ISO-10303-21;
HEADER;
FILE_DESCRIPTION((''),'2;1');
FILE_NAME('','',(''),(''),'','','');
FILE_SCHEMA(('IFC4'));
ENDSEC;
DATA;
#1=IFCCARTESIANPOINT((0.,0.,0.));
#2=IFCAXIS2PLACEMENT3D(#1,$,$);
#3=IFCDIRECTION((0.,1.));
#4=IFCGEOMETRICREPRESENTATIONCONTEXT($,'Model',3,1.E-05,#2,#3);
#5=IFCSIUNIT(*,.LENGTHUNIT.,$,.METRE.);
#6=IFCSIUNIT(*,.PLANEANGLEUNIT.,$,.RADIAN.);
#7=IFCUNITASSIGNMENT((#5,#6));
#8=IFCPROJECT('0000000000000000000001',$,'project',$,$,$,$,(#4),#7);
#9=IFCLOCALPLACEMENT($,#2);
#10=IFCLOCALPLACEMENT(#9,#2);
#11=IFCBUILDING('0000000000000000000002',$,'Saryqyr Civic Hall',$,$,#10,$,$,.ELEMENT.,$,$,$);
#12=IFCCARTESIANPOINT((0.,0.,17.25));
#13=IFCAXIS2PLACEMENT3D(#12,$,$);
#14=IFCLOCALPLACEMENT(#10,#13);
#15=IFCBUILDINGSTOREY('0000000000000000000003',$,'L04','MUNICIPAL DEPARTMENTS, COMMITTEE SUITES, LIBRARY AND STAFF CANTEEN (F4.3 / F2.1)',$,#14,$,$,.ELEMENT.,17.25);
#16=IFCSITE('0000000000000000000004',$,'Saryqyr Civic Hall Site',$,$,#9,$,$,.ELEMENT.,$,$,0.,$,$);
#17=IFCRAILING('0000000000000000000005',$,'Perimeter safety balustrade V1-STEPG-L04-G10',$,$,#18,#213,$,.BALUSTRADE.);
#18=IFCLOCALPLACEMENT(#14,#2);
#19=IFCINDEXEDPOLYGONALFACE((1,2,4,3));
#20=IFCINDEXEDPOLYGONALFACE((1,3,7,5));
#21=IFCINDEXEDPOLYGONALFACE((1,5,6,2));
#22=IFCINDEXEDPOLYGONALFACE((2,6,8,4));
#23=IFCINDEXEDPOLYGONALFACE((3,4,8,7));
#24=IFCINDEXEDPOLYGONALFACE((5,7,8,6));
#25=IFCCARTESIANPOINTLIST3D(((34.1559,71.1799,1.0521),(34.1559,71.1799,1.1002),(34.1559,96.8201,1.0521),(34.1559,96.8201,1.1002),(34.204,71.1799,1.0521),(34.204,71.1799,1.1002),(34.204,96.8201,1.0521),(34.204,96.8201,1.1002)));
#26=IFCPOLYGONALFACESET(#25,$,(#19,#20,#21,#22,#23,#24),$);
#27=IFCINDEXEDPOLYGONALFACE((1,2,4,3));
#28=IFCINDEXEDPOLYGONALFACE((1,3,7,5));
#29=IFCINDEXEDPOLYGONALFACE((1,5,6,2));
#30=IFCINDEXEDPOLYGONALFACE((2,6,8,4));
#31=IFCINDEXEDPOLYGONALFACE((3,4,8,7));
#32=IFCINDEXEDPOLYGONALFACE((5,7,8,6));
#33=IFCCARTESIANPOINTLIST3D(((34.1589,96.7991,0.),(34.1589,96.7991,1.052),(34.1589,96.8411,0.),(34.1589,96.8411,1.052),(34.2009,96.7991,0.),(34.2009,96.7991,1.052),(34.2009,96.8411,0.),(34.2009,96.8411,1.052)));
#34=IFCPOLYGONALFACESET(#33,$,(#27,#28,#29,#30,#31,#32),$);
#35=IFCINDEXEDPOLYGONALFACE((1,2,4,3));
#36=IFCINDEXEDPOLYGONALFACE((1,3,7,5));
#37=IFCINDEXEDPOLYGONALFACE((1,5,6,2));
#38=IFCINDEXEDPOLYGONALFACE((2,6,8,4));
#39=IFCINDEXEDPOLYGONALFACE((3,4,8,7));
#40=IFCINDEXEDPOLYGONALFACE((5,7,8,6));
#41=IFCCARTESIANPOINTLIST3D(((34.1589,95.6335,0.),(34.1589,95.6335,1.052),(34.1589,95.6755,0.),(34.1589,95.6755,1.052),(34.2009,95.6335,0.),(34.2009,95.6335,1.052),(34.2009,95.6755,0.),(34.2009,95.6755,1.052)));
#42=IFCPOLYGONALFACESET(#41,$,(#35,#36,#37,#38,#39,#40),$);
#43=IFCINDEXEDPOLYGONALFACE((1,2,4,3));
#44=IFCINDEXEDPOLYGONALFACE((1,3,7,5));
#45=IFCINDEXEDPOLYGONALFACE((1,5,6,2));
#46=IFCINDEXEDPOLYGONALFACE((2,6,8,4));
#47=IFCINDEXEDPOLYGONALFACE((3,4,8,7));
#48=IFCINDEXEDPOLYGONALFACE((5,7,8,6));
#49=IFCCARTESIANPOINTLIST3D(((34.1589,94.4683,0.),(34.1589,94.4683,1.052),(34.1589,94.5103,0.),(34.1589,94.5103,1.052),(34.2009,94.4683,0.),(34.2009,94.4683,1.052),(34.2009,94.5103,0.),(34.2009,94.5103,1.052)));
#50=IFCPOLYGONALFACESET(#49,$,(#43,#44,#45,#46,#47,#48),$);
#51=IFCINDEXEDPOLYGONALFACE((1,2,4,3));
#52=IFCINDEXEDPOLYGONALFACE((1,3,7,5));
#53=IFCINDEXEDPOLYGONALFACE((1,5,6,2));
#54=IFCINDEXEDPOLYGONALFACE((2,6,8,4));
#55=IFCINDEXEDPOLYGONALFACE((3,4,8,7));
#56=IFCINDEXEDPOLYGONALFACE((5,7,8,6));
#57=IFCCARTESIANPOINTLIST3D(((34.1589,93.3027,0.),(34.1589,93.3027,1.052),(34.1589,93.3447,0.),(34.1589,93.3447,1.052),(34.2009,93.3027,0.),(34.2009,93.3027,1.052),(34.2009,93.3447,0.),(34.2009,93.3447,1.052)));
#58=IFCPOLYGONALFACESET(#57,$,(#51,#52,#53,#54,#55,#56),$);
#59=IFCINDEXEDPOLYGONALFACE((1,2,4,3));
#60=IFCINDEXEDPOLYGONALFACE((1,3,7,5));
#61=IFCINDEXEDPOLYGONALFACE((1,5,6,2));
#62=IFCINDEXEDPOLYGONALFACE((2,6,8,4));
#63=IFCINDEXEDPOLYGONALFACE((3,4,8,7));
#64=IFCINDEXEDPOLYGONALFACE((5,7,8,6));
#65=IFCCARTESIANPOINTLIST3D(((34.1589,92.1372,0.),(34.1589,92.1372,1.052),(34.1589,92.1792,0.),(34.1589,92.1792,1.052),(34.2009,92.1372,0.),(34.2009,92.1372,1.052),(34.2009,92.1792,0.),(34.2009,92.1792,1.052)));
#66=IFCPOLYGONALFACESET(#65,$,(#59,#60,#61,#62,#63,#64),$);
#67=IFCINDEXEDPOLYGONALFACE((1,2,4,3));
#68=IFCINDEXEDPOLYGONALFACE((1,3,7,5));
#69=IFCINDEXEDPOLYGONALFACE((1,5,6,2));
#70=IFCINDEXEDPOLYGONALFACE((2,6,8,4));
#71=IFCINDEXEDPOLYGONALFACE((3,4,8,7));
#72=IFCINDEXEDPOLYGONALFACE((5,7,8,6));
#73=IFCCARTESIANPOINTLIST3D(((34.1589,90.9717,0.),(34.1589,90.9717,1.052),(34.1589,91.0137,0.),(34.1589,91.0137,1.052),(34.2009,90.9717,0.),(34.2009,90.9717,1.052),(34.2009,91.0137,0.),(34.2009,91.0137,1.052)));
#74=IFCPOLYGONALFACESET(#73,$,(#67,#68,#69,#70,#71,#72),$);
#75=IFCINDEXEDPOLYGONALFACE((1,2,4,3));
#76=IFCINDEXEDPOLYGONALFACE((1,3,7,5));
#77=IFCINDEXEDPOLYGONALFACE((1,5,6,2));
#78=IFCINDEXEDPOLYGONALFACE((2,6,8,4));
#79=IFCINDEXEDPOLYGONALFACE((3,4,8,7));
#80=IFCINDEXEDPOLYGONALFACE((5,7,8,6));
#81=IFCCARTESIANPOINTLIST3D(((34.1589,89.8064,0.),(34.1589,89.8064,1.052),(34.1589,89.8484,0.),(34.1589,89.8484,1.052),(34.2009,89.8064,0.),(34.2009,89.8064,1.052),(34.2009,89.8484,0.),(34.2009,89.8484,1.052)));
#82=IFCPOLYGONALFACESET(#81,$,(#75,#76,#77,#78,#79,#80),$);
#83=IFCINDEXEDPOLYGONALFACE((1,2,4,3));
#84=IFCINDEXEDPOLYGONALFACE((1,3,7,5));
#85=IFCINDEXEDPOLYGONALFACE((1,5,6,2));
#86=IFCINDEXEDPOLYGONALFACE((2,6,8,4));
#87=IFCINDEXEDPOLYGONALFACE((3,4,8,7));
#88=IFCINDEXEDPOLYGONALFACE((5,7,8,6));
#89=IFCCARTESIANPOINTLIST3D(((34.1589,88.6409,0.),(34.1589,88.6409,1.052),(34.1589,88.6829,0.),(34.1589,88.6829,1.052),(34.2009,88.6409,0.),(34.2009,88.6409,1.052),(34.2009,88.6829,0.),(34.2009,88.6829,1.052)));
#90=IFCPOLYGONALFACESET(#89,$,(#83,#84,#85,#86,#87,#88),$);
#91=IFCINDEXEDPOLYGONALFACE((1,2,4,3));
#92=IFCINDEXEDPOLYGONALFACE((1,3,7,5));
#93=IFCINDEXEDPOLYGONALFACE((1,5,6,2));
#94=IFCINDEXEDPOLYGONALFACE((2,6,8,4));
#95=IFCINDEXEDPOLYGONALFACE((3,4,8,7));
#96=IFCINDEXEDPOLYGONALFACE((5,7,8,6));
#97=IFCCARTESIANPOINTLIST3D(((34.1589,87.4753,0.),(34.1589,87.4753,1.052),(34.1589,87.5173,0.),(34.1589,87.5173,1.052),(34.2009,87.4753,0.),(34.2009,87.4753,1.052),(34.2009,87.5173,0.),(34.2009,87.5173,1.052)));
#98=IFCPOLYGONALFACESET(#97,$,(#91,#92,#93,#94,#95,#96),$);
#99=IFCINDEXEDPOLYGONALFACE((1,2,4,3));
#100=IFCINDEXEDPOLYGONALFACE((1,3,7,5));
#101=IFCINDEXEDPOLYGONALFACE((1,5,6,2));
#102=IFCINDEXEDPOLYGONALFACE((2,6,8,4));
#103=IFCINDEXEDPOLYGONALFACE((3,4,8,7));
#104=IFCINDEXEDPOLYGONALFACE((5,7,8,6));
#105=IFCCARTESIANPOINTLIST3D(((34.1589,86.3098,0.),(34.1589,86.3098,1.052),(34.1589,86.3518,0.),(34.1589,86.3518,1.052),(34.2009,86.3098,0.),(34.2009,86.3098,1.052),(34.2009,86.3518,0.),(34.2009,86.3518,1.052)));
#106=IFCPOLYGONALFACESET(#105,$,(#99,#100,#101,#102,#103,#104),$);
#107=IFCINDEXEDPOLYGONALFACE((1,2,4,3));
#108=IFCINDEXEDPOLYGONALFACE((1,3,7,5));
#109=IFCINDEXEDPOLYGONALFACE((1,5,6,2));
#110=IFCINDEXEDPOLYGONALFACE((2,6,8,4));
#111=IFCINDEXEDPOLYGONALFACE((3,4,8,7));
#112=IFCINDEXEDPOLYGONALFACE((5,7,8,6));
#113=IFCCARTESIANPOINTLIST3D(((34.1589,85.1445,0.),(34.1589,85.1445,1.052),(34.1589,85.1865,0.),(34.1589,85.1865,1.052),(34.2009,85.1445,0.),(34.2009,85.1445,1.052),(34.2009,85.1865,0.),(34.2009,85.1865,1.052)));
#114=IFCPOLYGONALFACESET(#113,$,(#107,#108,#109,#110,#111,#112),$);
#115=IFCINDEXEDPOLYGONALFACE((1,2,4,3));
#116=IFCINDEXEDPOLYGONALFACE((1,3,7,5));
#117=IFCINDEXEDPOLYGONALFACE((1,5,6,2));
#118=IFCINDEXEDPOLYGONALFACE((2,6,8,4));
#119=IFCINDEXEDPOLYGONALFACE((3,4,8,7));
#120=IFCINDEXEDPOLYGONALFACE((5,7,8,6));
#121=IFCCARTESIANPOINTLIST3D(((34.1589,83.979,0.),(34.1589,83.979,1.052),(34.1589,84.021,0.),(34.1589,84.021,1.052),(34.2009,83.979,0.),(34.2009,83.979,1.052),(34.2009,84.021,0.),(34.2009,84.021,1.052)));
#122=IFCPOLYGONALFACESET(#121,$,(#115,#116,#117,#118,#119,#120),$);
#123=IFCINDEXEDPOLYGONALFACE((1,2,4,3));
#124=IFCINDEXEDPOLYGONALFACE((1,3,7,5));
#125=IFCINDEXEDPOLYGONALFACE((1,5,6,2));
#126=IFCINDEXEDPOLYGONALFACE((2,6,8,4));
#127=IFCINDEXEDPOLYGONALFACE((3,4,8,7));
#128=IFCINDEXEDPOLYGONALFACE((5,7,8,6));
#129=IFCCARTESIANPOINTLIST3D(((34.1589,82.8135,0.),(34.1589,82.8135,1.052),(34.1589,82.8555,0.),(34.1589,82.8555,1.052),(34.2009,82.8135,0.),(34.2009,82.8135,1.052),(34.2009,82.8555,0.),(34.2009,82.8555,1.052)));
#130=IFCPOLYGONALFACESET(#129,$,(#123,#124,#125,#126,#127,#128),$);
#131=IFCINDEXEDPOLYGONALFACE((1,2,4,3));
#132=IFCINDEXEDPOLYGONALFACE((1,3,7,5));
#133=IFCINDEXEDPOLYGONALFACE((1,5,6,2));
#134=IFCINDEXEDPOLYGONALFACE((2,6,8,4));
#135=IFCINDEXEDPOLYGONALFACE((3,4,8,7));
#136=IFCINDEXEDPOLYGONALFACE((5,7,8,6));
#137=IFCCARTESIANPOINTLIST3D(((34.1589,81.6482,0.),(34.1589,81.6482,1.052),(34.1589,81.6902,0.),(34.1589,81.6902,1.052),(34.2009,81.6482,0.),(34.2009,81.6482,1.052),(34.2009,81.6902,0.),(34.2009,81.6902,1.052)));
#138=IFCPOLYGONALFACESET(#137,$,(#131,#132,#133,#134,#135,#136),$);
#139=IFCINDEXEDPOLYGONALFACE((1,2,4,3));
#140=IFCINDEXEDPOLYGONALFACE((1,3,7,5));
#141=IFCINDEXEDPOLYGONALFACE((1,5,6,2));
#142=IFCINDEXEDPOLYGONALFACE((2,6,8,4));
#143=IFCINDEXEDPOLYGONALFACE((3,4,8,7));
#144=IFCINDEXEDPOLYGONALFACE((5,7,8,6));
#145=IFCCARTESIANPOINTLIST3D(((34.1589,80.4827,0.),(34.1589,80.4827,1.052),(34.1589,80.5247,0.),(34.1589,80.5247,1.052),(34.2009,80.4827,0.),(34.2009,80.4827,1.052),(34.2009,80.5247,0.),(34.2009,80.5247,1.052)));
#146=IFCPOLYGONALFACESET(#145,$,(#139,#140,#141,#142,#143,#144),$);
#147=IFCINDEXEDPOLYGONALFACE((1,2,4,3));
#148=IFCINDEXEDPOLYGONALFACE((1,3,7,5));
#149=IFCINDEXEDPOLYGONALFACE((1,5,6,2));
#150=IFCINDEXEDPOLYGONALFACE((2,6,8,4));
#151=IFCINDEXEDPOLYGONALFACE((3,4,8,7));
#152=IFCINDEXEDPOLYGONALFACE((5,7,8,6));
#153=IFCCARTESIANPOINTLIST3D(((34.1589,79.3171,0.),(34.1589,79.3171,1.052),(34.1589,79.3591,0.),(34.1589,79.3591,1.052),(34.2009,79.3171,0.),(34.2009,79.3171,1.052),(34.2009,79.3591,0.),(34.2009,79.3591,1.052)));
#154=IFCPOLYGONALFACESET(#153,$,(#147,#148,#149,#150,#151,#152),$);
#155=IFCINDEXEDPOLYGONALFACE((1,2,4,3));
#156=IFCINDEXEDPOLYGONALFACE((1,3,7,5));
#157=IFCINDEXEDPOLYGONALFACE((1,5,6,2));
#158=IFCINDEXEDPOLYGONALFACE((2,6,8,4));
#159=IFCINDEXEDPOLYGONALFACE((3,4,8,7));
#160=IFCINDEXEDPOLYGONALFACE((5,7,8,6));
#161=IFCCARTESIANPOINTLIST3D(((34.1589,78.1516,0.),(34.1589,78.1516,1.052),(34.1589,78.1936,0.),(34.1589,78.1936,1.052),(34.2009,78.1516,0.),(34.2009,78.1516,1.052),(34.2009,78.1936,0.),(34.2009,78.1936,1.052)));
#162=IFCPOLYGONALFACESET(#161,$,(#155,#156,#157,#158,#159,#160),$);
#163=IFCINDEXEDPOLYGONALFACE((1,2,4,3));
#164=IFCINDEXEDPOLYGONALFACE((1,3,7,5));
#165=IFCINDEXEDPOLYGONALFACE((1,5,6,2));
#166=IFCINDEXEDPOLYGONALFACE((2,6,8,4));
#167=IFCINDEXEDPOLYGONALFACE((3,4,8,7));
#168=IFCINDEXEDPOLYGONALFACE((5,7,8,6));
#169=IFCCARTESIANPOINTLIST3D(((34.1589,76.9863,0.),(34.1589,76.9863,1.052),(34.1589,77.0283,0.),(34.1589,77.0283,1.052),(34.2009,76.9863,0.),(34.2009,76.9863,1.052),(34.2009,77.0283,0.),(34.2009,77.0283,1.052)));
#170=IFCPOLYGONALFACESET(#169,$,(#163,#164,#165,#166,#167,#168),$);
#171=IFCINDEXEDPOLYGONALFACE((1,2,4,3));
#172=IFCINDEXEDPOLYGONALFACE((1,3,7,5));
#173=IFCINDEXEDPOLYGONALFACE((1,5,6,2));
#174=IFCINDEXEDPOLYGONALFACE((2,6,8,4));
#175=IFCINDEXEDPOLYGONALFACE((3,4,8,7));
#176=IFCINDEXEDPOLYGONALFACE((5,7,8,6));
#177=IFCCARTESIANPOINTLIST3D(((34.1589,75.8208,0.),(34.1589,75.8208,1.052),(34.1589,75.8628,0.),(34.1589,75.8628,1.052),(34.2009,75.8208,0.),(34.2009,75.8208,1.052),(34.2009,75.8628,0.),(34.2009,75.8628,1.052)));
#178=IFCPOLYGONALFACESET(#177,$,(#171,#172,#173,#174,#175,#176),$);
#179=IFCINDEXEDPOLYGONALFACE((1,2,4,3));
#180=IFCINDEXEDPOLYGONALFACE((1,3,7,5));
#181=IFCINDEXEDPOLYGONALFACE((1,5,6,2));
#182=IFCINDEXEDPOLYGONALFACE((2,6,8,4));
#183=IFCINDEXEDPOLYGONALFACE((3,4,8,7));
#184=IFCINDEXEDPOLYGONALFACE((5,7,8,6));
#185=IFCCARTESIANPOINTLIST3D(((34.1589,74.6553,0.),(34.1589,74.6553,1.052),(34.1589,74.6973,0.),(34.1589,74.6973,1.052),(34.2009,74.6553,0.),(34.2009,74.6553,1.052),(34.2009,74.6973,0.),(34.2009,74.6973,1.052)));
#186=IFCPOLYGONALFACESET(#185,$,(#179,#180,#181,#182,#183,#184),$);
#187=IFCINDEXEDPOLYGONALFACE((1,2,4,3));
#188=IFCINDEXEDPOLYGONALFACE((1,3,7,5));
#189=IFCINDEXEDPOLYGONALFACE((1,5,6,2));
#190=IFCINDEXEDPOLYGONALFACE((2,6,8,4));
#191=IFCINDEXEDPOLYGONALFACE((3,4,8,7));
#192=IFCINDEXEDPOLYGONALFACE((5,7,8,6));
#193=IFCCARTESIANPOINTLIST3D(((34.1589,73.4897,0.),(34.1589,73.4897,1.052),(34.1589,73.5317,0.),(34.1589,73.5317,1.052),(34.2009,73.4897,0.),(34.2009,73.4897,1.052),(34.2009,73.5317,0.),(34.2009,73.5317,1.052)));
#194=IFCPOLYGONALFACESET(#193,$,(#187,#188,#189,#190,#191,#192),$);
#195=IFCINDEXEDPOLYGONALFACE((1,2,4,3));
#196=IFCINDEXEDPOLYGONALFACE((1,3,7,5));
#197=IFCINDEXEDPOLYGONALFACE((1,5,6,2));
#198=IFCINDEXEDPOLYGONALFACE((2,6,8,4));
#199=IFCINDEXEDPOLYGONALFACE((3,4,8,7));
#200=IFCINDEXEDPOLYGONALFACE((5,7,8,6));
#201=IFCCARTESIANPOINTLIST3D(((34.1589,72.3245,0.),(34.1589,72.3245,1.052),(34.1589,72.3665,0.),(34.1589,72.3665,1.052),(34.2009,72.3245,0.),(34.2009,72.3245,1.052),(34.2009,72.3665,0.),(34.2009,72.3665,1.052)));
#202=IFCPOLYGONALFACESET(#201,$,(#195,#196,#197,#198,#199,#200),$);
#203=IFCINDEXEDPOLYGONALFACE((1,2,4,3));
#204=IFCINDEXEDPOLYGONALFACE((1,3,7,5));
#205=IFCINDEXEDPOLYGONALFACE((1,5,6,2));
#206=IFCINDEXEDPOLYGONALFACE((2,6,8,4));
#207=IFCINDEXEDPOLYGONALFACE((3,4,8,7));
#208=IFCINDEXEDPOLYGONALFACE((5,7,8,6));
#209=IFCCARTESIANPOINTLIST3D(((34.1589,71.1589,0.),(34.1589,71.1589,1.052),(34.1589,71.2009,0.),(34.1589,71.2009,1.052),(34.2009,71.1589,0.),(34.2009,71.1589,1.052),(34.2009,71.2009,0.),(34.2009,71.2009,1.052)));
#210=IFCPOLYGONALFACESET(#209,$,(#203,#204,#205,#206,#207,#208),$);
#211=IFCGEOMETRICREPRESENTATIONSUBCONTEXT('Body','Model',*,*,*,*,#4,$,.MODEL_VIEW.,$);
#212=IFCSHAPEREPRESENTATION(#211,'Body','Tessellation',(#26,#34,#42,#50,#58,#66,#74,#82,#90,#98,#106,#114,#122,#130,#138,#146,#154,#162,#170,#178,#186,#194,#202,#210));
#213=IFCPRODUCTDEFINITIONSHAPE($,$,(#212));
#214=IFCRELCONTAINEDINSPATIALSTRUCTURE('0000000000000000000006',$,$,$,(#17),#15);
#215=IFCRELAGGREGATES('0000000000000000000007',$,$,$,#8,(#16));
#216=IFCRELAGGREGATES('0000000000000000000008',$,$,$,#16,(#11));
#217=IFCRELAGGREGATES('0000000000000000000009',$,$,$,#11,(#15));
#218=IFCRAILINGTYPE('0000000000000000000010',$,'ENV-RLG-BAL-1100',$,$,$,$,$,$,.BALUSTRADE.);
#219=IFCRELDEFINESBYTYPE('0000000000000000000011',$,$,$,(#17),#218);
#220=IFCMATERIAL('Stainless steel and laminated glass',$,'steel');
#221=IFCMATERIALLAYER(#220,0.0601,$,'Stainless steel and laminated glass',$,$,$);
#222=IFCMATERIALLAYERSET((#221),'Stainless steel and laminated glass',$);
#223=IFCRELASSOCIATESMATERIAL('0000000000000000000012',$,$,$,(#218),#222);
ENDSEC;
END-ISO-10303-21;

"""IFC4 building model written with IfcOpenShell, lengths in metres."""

from ifc_helpers import new_model, si_unit, direction, frame, origin, origin_2d, place, context, subcontext, project, spatial, rectangle, extrude, material, layer, layer_set, type_object, element, save


model = new_model("IFC4")

# Units and contexts
model_context = context("Model", 3, precision=1e-05, world=origin(), true_north=direction((0.0, 1.0)))
body_context = subcontext(model_context, "Body", "Model", "MODEL_VIEW")
ifc_project = project(units=[si_unit("LENGTHUNIT", "METRE"), si_unit("PLANEANGLEUNIT", "RADIAN")], contexts=[model_context])

# Site, building, storey
site_placement = place(None, origin())
site = spatial("IfcSite", under=ifc_project, at=site_placement, Name="Saryqyr Civic Hall Site", CompositionType="ELEMENT", RefElevation=0.0)
building_placement = place(site_placement, origin())
building = spatial("IfcBuilding", under=site, at=building_placement, Name="Saryqyr Civic Hall", CompositionType="ELEMENT")
storey_placement = place(building_placement, frame((0.0, 0.0, 17.25)))
storey = spatial("IfcBuildingStorey", under=building, at=storey_placement, Name="L04", Description="MUNICIPAL DEPARTMENTS, COMMITTEE SUITES, LIBRARY AND STAFF CANTEEN (F4.3 / F2.1)", CompositionType="ELEMENT", Elevation=17.25)

# Railing
ifc_material_1 = material(Name="Stainless steel and laminated glass", Category="steel")
ifc_layer_1 = layer(ifc_material_1, 0.0601, Name="Stainless steel and laminated glass")
ifc_layer_set_1 = layer_set([ifc_layer_1], Name="Stainless steel and laminated glass")
railing_type_1 = type_object("IfcRailingType", Name="ENV-RLG-BAL-1100", PredefinedType="BALUSTRADE", material=ifc_layer_set_1)
railing_1_placement = place(storey_placement, frame((34.1799, 96.8201, 0.0)))
element("IfcRailing", 1, at=railing_1_placement, inside=storey, type_object=railing_type_1, Name="Perimeter safety balustrade V1-STEPG-L04-G10", PredefinedType="BALUSTRADE", context=body_context, shape_type="SweptSolid", body=[
    extrude(rectangle(XDim=0.0481, YDim=0.0481, at=origin_2d()), frame((0.0, 0.0, 1.0762), z_axis=(0.0, -1.0, 0.0), x_axis=(1.0, 0.0, 0.0)), (0.0, 0.0, 1.0), 25.6401),
    extrude(rectangle(XDim=0.042, YDim=0.042, at=origin_2d()), origin(), (0.0, 0.0, 1.0), 1.052),
    extrude(rectangle(XDim=0.042, YDim=0.042, at=origin_2d()), frame((0.0, -1.1655, 0.0)), (0.0, 0.0, 1.0), 1.052),
    extrude(rectangle(XDim=0.042, YDim=0.042, at=origin_2d()), frame((0.0, -2.3308, 0.0)), (0.0, 0.0, 1.0), 1.052),
    extrude(rectangle(XDim=0.042, YDim=0.042, at=origin_2d()), frame((0.0, -3.4963, 0.0)), (0.0, 0.0, 1.0), 1.052),
    extrude(rectangle(XDim=0.042, YDim=0.042, at=origin_2d()), frame((0.0, -4.6619, 0.0)), (0.0, 0.0, 1.0), 1.052),
    extrude(rectangle(XDim=0.042, YDim=0.042, at=origin_2d()), frame((0.0, -5.8274, 0.0)), (0.0, 0.0, 1.0), 1.052),
    extrude(rectangle(XDim=0.042, YDim=0.042, at=origin_2d()), frame((0.0, -6.9927, 0.0)), (0.0, 0.0, 1.0), 1.052),
    extrude(rectangle(XDim=0.042, YDim=0.042, at=origin_2d()), frame((0.0, -8.1582, 0.0)), (0.0, 0.0, 1.0), 1.052),
    extrude(rectangle(XDim=0.042, YDim=0.042, at=origin_2d()), frame((0.0, -9.3237, 0.0)), (0.0, 0.0, 1.0), 1.052),
    extrude(rectangle(XDim=0.042, YDim=0.042, at=origin_2d()), frame((0.0, -10.4893, 0.0)), (0.0, 0.0, 1.0), 1.052),
    extrude(rectangle(XDim=0.042, YDim=0.042, at=origin_2d()), frame((0.0, -11.6545, 0.0)), (0.0, 0.0, 1.0), 1.052),
    extrude(rectangle(XDim=0.042, YDim=0.042, at=origin_2d()), frame((0.0, -12.8201, 0.0)), (0.0, 0.0, 1.0), 1.052),
    extrude(rectangle(XDim=0.042, YDim=0.042, at=origin_2d()), frame((0.0, -13.9856, 0.0)), (0.0, 0.0, 1.0), 1.052),
    extrude(rectangle(XDim=0.042, YDim=0.042, at=origin_2d()), frame((0.0, -15.1509, 0.0)), (0.0, 0.0, 1.0), 1.052),
    extrude(rectangle(XDim=0.042, YDim=0.042, at=origin_2d()), frame((0.0, -16.3164, 0.0)), (0.0, 0.0, 1.0), 1.052),
    extrude(rectangle(XDim=0.042, YDim=0.042, at=origin_2d()), frame((0.0, -17.4819, 0.0)), (0.0, 0.0, 1.0), 1.052),
    extrude(rectangle(XDim=0.042, YDim=0.042, at=origin_2d()), frame((0.0, -18.6475, 0.0)), (0.0, 0.0, 1.0), 1.052),
    extrude(rectangle(XDim=0.042, YDim=0.042, at=origin_2d()), frame((0.0, -19.8127, 0.0)), (0.0, 0.0, 1.0), 1.052),
    extrude(rectangle(XDim=0.042, YDim=0.042, at=origin_2d()), frame((0.0, -20.9783, 0.0)), (0.0, 0.0, 1.0), 1.052),
    extrude(rectangle(XDim=0.042, YDim=0.042, at=origin_2d()), frame((0.0, -22.1438, 0.0)), (0.0, 0.0, 1.0), 1.052),
    extrude(rectangle(XDim=0.042, YDim=0.042, at=origin_2d()), frame((0.0, -23.3093, 0.0)), (0.0, 0.0, 1.0), 1.052),
    extrude(rectangle(XDim=0.042, YDim=0.042, at=origin_2d()), frame((0.0, -24.4746, 0.0)), (0.0, 0.0, 1.0), 1.052),
    extrude(rectangle(XDim=0.042, YDim=0.042, at=origin_2d()), frame((0.0, -25.6401, 0.0)), (0.0, 0.0, 1.0), 1.052),
])

save(model, "model.ifc")
